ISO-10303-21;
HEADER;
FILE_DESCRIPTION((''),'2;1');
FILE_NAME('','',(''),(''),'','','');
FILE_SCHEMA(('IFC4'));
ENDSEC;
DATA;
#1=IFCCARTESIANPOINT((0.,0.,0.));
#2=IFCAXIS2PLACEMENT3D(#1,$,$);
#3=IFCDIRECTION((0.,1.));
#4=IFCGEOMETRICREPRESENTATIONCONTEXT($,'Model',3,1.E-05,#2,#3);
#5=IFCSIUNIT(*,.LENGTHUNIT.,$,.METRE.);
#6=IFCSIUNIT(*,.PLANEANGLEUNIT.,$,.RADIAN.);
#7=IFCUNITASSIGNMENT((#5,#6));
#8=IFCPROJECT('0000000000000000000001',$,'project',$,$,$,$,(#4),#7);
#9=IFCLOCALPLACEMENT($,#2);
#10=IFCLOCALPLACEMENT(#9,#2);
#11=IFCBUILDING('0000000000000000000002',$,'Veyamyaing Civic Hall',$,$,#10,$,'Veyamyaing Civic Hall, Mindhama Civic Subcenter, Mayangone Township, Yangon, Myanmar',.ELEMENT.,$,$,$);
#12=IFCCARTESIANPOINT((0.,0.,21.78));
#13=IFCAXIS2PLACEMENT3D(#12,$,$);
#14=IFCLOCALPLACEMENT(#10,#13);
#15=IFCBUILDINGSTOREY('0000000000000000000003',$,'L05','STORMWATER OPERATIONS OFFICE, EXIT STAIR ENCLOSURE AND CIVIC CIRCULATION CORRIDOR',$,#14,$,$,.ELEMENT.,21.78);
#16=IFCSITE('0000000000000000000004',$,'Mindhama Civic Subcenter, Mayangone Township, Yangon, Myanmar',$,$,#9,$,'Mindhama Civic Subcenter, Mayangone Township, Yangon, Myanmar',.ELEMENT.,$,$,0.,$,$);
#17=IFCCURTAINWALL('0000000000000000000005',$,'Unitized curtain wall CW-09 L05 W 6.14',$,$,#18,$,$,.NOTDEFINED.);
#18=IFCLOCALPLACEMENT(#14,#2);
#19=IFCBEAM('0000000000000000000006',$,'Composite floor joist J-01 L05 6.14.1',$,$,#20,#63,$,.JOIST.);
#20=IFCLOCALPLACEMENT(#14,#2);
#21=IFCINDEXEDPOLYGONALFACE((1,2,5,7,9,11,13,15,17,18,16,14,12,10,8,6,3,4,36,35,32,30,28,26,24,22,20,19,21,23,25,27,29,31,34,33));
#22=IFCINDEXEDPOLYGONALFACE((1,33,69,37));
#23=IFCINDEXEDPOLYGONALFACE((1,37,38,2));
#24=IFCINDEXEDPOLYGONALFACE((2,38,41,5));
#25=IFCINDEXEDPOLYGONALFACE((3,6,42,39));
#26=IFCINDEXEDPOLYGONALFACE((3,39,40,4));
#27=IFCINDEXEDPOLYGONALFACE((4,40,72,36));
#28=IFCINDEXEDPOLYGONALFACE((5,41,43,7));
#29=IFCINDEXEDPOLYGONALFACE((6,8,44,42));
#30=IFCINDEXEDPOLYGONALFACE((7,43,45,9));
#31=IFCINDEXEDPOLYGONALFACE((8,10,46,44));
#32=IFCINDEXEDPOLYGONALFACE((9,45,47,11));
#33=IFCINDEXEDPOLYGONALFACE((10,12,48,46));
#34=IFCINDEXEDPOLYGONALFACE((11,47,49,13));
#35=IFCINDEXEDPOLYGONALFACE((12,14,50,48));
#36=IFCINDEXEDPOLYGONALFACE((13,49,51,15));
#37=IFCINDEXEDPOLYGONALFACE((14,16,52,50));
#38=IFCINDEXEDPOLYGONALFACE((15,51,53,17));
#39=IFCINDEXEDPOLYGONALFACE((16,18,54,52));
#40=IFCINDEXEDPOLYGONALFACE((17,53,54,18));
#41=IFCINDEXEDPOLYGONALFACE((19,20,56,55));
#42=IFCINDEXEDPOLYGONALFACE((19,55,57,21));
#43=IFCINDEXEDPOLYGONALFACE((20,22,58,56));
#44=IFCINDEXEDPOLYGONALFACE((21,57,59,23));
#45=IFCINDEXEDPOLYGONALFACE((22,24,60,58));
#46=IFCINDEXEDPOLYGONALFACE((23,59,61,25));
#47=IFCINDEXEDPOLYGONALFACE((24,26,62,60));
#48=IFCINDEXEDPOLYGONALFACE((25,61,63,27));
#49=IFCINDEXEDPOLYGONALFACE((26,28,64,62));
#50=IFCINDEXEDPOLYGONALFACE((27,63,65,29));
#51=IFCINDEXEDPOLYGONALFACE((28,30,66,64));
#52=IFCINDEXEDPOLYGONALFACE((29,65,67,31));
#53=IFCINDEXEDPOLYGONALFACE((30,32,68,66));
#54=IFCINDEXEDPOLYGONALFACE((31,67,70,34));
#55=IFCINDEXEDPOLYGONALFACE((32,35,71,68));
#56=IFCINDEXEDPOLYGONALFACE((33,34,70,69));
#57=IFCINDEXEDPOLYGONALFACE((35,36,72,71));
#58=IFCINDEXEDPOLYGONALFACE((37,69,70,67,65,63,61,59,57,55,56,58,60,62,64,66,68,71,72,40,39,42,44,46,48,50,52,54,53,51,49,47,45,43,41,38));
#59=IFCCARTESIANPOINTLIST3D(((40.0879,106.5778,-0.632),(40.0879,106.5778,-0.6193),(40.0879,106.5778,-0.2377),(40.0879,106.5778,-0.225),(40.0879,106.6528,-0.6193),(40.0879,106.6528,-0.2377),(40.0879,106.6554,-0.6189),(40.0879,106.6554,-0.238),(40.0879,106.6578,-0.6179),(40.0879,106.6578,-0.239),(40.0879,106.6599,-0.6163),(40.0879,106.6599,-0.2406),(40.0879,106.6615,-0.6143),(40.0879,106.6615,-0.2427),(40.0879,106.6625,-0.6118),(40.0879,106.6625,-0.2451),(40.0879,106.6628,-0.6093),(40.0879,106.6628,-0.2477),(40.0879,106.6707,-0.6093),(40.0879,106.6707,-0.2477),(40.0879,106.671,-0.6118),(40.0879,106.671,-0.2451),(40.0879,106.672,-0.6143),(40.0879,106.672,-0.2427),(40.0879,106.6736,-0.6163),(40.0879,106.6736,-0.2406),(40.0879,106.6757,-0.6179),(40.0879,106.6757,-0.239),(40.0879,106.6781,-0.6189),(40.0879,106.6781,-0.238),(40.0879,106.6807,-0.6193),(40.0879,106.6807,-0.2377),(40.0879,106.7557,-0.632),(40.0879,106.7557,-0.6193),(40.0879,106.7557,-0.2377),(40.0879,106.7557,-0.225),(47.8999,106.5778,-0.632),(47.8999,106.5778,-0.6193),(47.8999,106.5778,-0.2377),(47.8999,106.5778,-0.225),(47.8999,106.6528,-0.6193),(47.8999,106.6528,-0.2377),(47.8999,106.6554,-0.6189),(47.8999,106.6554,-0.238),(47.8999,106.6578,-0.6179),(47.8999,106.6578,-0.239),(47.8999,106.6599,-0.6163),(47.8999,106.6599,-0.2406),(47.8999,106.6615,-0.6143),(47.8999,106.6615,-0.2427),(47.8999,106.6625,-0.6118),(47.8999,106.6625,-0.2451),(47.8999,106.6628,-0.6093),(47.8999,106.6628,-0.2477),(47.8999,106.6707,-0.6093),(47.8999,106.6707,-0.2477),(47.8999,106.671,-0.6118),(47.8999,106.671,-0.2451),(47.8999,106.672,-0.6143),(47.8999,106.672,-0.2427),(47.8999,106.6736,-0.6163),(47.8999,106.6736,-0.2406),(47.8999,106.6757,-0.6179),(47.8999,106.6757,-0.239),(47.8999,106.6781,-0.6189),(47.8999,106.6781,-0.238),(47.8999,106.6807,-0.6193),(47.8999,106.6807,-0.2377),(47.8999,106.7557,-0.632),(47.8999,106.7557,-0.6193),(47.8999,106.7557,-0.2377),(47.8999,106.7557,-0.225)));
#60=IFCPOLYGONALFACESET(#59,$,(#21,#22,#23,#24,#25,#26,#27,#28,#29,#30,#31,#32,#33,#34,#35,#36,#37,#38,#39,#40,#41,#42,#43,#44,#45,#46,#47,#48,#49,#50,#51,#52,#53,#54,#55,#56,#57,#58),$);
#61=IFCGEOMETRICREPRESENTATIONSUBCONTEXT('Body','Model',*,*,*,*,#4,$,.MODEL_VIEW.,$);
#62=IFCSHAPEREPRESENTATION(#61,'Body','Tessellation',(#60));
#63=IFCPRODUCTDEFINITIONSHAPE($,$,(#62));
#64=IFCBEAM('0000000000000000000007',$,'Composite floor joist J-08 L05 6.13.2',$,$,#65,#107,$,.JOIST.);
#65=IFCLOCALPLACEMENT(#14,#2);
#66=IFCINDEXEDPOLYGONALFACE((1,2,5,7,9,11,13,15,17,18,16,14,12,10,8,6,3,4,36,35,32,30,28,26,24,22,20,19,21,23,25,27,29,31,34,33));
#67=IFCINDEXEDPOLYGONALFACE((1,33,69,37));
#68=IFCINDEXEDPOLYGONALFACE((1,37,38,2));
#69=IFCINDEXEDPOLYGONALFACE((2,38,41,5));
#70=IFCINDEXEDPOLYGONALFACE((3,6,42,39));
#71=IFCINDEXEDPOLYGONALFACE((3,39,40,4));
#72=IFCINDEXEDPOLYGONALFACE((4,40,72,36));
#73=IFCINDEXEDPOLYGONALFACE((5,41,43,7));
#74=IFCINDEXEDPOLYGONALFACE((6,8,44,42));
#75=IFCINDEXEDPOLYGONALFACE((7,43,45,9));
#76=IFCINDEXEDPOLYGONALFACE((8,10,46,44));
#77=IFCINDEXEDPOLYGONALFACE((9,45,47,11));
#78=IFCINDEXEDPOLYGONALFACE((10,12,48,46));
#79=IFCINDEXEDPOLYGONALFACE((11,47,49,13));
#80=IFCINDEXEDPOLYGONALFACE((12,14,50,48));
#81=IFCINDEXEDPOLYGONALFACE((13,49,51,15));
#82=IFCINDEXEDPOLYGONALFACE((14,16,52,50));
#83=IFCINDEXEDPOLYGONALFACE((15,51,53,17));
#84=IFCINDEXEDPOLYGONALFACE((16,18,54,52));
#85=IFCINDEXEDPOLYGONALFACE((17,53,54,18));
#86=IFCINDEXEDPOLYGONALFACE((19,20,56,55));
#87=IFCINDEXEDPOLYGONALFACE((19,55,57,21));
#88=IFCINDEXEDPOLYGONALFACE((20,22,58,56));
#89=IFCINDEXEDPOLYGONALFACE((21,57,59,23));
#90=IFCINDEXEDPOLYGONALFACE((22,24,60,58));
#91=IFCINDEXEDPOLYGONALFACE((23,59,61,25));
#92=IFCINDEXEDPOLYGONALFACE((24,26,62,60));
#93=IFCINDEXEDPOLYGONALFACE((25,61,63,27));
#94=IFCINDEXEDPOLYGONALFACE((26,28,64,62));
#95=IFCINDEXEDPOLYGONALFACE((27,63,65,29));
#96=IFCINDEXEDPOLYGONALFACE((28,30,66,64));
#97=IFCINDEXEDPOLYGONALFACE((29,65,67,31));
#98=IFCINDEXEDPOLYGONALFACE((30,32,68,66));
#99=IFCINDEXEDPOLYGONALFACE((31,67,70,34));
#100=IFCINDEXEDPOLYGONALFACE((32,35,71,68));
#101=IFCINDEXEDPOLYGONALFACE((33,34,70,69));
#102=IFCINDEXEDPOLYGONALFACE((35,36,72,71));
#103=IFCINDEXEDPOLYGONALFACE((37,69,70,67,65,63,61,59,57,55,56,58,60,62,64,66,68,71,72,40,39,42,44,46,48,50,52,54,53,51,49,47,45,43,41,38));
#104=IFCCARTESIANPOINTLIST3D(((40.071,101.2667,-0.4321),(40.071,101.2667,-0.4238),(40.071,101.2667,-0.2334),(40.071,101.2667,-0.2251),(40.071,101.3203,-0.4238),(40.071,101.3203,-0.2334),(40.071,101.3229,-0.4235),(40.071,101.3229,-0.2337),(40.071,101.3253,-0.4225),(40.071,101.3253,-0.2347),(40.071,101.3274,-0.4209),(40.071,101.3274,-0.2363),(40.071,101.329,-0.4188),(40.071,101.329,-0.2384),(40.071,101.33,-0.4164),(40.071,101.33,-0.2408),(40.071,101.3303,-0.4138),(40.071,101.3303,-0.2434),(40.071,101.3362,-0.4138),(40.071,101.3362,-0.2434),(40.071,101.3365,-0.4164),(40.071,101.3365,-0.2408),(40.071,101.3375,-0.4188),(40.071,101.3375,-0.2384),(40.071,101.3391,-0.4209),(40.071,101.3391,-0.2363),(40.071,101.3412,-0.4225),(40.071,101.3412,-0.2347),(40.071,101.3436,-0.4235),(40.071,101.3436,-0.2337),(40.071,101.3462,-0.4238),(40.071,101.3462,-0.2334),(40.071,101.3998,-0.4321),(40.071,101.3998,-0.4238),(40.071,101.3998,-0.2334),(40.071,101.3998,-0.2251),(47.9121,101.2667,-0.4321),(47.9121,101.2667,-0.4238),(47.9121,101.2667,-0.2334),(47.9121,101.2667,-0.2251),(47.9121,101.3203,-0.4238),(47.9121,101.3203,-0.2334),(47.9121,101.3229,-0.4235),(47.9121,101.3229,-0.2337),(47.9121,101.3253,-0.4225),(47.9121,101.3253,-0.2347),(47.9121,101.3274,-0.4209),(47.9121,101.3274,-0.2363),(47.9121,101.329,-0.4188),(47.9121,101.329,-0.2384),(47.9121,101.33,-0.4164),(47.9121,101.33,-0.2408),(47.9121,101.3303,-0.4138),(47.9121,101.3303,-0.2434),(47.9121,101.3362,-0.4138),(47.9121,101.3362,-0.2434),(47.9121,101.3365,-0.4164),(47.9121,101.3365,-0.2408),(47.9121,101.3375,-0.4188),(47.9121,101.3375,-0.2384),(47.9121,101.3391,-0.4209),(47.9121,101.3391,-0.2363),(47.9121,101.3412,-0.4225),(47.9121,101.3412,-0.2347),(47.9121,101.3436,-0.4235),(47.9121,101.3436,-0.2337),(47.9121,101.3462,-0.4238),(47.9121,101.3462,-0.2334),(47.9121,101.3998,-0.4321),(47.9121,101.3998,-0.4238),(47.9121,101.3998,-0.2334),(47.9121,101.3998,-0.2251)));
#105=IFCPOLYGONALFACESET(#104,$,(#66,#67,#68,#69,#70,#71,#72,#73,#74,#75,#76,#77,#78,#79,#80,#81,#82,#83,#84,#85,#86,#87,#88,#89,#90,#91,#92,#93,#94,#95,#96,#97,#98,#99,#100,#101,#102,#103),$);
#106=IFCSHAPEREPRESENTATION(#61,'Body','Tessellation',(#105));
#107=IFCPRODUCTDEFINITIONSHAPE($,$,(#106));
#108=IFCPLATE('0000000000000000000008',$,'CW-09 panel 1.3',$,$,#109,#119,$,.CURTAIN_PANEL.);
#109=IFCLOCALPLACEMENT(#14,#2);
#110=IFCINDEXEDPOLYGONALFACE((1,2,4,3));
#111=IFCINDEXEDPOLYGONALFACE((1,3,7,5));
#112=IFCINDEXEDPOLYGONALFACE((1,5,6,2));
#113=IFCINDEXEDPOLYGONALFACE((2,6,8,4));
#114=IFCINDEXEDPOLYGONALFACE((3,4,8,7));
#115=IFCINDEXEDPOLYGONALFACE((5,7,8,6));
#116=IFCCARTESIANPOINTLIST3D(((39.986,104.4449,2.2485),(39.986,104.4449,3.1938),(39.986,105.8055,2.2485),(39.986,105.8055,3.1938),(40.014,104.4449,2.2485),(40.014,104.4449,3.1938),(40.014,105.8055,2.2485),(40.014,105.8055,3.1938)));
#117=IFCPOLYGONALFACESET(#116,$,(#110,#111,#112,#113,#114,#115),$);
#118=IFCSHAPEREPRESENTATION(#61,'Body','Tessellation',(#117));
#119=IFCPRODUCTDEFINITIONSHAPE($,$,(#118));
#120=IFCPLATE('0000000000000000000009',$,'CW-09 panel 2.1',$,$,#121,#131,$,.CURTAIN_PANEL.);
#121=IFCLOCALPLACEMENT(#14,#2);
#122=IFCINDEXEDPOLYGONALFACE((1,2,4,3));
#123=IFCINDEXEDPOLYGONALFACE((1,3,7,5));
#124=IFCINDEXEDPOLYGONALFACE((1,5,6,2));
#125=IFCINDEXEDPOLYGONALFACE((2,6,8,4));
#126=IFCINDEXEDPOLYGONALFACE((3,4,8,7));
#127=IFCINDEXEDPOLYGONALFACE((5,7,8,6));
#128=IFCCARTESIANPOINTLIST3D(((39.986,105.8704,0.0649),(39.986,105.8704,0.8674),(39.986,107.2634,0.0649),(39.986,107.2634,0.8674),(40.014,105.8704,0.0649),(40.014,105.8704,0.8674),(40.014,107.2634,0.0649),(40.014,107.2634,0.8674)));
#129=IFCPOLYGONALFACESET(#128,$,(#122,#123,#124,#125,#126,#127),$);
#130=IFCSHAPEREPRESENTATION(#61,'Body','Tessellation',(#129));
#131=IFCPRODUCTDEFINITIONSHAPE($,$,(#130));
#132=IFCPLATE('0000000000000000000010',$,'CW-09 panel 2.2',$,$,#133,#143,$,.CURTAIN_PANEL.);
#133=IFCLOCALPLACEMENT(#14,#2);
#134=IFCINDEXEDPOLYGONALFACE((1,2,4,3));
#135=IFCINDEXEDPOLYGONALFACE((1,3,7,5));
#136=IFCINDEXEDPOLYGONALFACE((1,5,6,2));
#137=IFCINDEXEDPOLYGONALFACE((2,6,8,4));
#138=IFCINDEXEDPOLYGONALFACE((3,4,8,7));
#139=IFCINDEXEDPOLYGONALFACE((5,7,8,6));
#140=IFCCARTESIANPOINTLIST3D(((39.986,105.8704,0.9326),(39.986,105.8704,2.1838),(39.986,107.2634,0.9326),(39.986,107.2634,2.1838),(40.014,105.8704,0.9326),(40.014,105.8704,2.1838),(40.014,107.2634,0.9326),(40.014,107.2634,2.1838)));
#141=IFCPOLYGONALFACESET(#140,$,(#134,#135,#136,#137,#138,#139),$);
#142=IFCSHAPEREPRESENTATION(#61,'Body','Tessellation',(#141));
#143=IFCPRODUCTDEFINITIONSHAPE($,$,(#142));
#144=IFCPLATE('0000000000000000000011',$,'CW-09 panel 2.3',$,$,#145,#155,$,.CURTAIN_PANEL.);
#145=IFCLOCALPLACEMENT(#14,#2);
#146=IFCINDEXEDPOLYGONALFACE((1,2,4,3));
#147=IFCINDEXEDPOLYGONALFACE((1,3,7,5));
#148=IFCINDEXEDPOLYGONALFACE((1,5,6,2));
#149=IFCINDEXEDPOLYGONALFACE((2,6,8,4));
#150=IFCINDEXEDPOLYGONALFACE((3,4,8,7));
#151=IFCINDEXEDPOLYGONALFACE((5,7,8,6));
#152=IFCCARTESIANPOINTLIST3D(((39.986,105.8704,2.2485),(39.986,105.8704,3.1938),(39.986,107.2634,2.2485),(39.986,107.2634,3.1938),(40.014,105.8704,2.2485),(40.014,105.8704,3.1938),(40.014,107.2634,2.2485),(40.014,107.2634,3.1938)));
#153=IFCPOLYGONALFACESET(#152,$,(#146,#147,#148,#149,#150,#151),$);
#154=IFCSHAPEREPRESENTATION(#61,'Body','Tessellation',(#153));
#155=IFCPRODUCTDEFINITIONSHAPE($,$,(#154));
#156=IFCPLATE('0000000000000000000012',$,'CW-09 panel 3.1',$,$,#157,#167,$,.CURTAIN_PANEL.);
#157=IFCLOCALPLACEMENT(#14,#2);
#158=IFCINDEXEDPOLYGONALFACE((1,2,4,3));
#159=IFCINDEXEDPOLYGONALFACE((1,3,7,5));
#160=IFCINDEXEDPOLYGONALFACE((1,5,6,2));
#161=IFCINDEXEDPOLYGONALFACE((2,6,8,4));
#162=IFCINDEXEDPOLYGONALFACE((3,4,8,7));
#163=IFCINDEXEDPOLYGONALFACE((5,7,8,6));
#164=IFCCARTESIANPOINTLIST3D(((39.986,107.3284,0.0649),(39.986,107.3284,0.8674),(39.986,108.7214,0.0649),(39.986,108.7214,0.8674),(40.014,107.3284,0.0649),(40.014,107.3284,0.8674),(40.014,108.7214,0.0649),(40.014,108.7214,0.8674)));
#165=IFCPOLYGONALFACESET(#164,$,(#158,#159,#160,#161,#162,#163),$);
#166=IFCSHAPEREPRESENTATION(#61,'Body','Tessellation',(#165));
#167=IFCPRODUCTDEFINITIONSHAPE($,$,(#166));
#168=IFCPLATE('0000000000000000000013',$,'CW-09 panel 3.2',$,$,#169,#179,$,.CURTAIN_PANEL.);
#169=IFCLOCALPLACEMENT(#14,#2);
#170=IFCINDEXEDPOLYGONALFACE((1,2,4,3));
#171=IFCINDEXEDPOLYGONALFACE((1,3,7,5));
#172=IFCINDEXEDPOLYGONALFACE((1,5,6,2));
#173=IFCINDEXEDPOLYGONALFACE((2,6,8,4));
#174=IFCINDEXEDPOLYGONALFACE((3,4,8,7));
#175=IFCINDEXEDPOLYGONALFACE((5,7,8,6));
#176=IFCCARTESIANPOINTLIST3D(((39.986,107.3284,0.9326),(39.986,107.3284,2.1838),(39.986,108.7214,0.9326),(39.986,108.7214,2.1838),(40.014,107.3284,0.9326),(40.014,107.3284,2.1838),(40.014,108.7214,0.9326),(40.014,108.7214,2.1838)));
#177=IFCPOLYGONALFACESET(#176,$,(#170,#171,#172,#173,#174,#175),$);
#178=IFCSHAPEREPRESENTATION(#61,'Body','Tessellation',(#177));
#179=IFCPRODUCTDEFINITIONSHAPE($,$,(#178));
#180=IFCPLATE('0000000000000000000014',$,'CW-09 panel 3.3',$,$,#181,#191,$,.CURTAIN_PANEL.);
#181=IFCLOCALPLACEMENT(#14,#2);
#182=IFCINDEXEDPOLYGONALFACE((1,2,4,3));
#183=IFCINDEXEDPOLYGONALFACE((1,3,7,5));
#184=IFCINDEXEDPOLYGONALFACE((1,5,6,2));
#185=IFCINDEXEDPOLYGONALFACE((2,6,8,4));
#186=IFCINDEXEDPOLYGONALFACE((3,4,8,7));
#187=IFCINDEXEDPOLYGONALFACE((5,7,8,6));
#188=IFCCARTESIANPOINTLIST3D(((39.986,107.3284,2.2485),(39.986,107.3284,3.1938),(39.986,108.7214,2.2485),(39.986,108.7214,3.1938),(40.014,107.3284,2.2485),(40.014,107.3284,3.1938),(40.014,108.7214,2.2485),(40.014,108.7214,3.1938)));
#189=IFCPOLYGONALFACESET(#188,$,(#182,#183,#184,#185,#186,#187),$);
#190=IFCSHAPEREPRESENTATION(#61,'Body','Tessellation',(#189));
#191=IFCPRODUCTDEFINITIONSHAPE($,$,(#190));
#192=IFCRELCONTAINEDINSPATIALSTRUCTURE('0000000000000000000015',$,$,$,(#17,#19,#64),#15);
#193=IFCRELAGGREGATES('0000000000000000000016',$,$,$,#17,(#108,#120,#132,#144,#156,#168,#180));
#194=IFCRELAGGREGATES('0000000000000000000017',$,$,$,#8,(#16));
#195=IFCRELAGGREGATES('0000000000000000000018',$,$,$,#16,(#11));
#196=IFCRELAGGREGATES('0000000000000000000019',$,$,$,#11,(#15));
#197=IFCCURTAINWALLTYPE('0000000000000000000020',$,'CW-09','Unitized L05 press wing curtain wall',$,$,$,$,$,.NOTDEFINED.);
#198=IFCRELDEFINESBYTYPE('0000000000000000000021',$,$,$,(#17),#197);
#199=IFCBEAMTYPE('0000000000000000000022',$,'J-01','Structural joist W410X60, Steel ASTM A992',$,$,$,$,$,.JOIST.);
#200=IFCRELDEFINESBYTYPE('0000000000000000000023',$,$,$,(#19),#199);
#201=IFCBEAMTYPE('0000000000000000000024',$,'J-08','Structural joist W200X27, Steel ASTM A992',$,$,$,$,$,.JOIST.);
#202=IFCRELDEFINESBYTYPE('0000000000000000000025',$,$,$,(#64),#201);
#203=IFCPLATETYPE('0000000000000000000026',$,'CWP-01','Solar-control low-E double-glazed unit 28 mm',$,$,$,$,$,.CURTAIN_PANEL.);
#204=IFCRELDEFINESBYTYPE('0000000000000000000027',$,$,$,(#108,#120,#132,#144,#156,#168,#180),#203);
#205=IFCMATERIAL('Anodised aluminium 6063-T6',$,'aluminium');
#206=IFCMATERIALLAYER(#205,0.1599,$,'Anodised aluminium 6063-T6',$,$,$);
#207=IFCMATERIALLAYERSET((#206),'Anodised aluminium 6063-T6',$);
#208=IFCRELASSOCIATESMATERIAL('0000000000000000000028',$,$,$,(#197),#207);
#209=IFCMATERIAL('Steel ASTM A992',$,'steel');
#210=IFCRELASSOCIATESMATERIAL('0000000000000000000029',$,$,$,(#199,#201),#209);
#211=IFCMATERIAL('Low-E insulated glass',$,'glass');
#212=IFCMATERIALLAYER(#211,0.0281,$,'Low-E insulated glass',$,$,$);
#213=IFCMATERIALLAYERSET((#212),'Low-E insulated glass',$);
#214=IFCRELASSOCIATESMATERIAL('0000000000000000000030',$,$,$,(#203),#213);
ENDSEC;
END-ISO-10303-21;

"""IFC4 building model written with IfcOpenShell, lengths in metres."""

from ifc_helpers import new_model, si_unit, direction, frame, origin, origin_2d, place, context, subcontext, project, spatial, rectangle, i_section, extrude, material, layer, layer_set, material_profile, profile_set, type_object, element, aggregate, save


model = new_model("IFC4")

# Units and contexts
model_context = context("Model", 3, precision=1e-05, world=origin(), true_north=direction((0.0, 1.0)))
body_context = subcontext(model_context, "Body", "Model", "MODEL_VIEW")
ifc_project = project(units=[si_unit("LENGTHUNIT", "METRE"), si_unit("PLANEANGLEUNIT", "RADIAN")], contexts=[model_context])

# Site, building, storey
site_placement = place(None, origin())
site = spatial("IfcSite", under=ifc_project, at=site_placement, Name="Mindhama Civic Subcenter, Mayangone Township, Yangon, Myanmar", LongName="Mindhama Civic Subcenter, Mayangone Township, Yangon, Myanmar", CompositionType="ELEMENT", RefElevation=0.0)
building_placement = place(site_placement, origin())
building = spatial("IfcBuilding", under=site, at=building_placement, Name="Veyamyaing Civic Hall", LongName="Veyamyaing Civic Hall, Mindhama Civic Subcenter, Mayangone Township, Yangon, Myanmar", CompositionType="ELEMENT")
storey_placement = place(building_placement, frame((0.0, 0.0, 21.78)))
storey = spatial("IfcBuildingStorey", under=building, at=storey_placement, Name="L05", Description="STORMWATER OPERATIONS OFFICE, EXIT STAIR ENCLOSURE AND CIVIC CIRCULATION CORRIDOR", CompositionType="ELEMENT", Elevation=21.78)

# Shared definitions
ifc_material_1 = material(Name="Steel ASTM A992", Category="steel")

# Curtain wall
ifc_material_2 = material(Name="Anodised aluminium 6063-T6", Category="aluminium")
ifc_layer_1 = layer(ifc_material_2, 0.1599, Name="Anodised aluminium 6063-T6")
ifc_layer_set_1 = layer_set([ifc_layer_1], Name="Anodised aluminium 6063-T6")
curtain_wall_type = type_object("IfcCurtainWallType", Name="CW-09", Description="Unitized L05 press wing curtain wall", PredefinedType="NOTDEFINED", material=ifc_layer_set_1)
curtain_wall_placement = place(storey_placement, origin())
curtain_wall = element("IfcCurtainWall", 1, at=curtain_wall_placement, inside=storey, type_object=curtain_wall_type, Name="Unitized curtain wall CW-09 L05 W 6.14", PredefinedType="NOTDEFINED")

# Beams
ifc_material_profile_1 = material_profile(ifc_material_1, i_section(OverallWidth=0.178, OverallDepth=0.407, WebThickness=0.0078, FlangeThickness=0.0127, FilletRadius=0.01, at=origin_2d()), Name="W410X60")
ifc_profile_set_1 = profile_set([ifc_material_profile_1], Name="Steel ASTM A992")
beam_type_1 = type_object("IfcBeamType", Name="J-01", Description="Structural joist W410X60, Steel ASTM A992", PredefinedType="JOIST", material=ifc_profile_set_1)
beam_1_placement = place(storey_placement, frame((40.0879, 106.6667, -0.4285), z_axis=(1.0, 0.0, 0.0), x_axis=(0.0, 1.0, 0.0)))
element("IfcBeam", 2, at=beam_1_placement, inside=storey, type_object=beam_type_1, Name="Composite floor joist J-01 L05 6.14.1", PredefinedType="JOIST", context=body_context, shape_type="SweptSolid", body=[
    extrude(i_section(OverallWidth=0.178, OverallDepth=0.407, WebThickness=0.0078, FlangeThickness=0.0127, FilletRadius=0.01, at=origin_2d()), origin(), (0.0, 0.0, 1.0), 7.812),
])
ifc_material_profile_2 = material_profile(ifc_material_1, i_section(OverallWidth=0.1331, OverallDepth=0.207, WebThickness=0.0059, FlangeThickness=0.0083, FilletRadius=0.01, at=origin_2d()), Name="W200X27")
ifc_profile_set_2 = profile_set([ifc_material_profile_2], Name="Steel ASTM A992")
beam_type_2 = type_object("IfcBeamType", Name="J-08", Description="Structural joist W200X27, Steel ASTM A992", PredefinedType="JOIST", material=ifc_profile_set_2)
beam_2_placement = place(storey_placement, frame((40.071, 101.3333, -0.3286), z_axis=(1.0, 0.0, 0.0), x_axis=(0.0, 1.0, 0.0)))
element("IfcBeam", 3, at=beam_2_placement, inside=storey, type_object=beam_type_2, Name="Composite floor joist J-08 L05 6.13.2", PredefinedType="JOIST", context=body_context, shape_type="SweptSolid", body=[
    extrude(i_section(OverallWidth=0.1331, OverallDepth=0.207, WebThickness=0.0059, FlangeThickness=0.0083, FilletRadius=0.01, at=origin_2d()), origin(), (0.0, 0.0, 1.0), 7.8411),
])

# Plates
ifc_material_3 = material(Name="Low-E insulated glass", Category="glass")
ifc_layer_2 = layer(ifc_material_3, 0.0281, Name="Low-E insulated glass")
ifc_layer_set_2 = layer_set([ifc_layer_2], Name="Low-E insulated glass")
plate_type = type_object("IfcPlateType", Name="CWP-01", Description="Solar-control low-E double-glazed unit 28 mm", PredefinedType="CURTAIN_PANEL", material=ifc_layer_set_2)
plate_1_placement = place(storey_placement, frame((40.0, 105.1252, 2.2485), z_axis=(0.0, 0.0, 1.0), x_axis=(0.0, 1.0, 0.0)))
plate_1 = element("IfcPlate", 4, at=plate_1_placement, type_object=plate_type, Name="CW-09 panel 1.3", PredefinedType="CURTAIN_PANEL", context=body_context, shape_type="SweptSolid", body=[
    extrude(rectangle(XDim=1.3606, YDim=0.0281, at=origin_2d()), origin(), (0.0, 0.0, 1.0), 0.9453),
])
plate_2_placement = place(storey_placement, frame((40.0, 106.5669, 0.0649), z_axis=(0.0, 0.0, 1.0), x_axis=(0.0, 1.0, 0.0)))
plate_2 = element("IfcPlate", 5, at=plate_2_placement, type_object=plate_type, Name="CW-09 panel 2.1", PredefinedType="CURTAIN_PANEL", context=body_context, shape_type="SweptSolid", body=[
    extrude(rectangle(XDim=1.3931, YDim=0.0281, at=origin_2d()), origin(), (0.0, 0.0, 1.0), 0.8025),
])
plate_3_placement = place(storey_placement, frame((40.0, 106.5669, 0.9326), z_axis=(0.0, 0.0, 1.0), x_axis=(0.0, 1.0, 0.0)))
plate_3 = element("IfcPlate", 6, at=plate_3_placement, type_object=plate_type, Name="CW-09 panel 2.2", PredefinedType="CURTAIN_PANEL", context=body_context, shape_type="SweptSolid", body=[
    extrude(rectangle(XDim=1.3931, YDim=0.0281, at=origin_2d()), origin(), (0.0, 0.0, 1.0), 1.2512),
])
plate_4_placement = place(storey_placement, frame((40.0, 106.5669, 2.2485), z_axis=(0.0, 0.0, 1.0), x_axis=(0.0, 1.0, 0.0)))
plate_4 = element("IfcPlate", 7, at=plate_4_placement, type_object=plate_type, Name="CW-09 panel 2.3", PredefinedType="CURTAIN_PANEL", context=body_context, shape_type="SweptSolid", body=[
    extrude(rectangle(XDim=1.3931, YDim=0.0281, at=origin_2d()), origin(), (0.0, 0.0, 1.0), 0.9453),
])
plate_5_placement = place(storey_placement, frame((40.0, 108.0249, 0.0649), z_axis=(0.0, 0.0, 1.0), x_axis=(0.0, 1.0, 0.0)))
plate_5 = element("IfcPlate", 8, at=plate_5_placement, type_object=plate_type, Name="CW-09 panel 3.1", PredefinedType="CURTAIN_PANEL", context=body_context, shape_type="SweptSolid", body=[
    extrude(rectangle(XDim=1.3931, YDim=0.0281, at=origin_2d()), origin(), (0.0, 0.0, 1.0), 0.8025),
])
plate_6_placement = place(storey_placement, frame((40.0, 108.0249, 0.9326), z_axis=(0.0, 0.0, 1.0), x_axis=(0.0, 1.0, 0.0)))
plate_6 = element("IfcPlate", 9, at=plate_6_placement, type_object=plate_type, Name="CW-09 panel 3.2", PredefinedType="CURTAIN_PANEL", context=body_context, shape_type="SweptSolid", body=[
    extrude(rectangle(XDim=1.3931, YDim=0.0281, at=origin_2d()), origin(), (0.0, 0.0, 1.0), 1.2512),
])
plate_7_placement = place(storey_placement, frame((40.0, 108.0249, 2.2485), z_axis=(0.0, 0.0, 1.0), x_axis=(0.0, 1.0, 0.0)))
plate_7 = element("IfcPlate", 10, at=plate_7_placement, type_object=plate_type, Name="CW-09 panel 3.3", PredefinedType="CURTAIN_PANEL", context=body_context, shape_type="SweptSolid", body=[
    extrude(rectangle(XDim=1.3931, YDim=0.0281, at=origin_2d()), origin(), (0.0, 0.0, 1.0), 0.9453),
])
aggregate(curtain_wall, [plate_1, plate_2, plate_3, plate_4, plate_5, plate_6, plate_7])

save(model, "model.ifc")
